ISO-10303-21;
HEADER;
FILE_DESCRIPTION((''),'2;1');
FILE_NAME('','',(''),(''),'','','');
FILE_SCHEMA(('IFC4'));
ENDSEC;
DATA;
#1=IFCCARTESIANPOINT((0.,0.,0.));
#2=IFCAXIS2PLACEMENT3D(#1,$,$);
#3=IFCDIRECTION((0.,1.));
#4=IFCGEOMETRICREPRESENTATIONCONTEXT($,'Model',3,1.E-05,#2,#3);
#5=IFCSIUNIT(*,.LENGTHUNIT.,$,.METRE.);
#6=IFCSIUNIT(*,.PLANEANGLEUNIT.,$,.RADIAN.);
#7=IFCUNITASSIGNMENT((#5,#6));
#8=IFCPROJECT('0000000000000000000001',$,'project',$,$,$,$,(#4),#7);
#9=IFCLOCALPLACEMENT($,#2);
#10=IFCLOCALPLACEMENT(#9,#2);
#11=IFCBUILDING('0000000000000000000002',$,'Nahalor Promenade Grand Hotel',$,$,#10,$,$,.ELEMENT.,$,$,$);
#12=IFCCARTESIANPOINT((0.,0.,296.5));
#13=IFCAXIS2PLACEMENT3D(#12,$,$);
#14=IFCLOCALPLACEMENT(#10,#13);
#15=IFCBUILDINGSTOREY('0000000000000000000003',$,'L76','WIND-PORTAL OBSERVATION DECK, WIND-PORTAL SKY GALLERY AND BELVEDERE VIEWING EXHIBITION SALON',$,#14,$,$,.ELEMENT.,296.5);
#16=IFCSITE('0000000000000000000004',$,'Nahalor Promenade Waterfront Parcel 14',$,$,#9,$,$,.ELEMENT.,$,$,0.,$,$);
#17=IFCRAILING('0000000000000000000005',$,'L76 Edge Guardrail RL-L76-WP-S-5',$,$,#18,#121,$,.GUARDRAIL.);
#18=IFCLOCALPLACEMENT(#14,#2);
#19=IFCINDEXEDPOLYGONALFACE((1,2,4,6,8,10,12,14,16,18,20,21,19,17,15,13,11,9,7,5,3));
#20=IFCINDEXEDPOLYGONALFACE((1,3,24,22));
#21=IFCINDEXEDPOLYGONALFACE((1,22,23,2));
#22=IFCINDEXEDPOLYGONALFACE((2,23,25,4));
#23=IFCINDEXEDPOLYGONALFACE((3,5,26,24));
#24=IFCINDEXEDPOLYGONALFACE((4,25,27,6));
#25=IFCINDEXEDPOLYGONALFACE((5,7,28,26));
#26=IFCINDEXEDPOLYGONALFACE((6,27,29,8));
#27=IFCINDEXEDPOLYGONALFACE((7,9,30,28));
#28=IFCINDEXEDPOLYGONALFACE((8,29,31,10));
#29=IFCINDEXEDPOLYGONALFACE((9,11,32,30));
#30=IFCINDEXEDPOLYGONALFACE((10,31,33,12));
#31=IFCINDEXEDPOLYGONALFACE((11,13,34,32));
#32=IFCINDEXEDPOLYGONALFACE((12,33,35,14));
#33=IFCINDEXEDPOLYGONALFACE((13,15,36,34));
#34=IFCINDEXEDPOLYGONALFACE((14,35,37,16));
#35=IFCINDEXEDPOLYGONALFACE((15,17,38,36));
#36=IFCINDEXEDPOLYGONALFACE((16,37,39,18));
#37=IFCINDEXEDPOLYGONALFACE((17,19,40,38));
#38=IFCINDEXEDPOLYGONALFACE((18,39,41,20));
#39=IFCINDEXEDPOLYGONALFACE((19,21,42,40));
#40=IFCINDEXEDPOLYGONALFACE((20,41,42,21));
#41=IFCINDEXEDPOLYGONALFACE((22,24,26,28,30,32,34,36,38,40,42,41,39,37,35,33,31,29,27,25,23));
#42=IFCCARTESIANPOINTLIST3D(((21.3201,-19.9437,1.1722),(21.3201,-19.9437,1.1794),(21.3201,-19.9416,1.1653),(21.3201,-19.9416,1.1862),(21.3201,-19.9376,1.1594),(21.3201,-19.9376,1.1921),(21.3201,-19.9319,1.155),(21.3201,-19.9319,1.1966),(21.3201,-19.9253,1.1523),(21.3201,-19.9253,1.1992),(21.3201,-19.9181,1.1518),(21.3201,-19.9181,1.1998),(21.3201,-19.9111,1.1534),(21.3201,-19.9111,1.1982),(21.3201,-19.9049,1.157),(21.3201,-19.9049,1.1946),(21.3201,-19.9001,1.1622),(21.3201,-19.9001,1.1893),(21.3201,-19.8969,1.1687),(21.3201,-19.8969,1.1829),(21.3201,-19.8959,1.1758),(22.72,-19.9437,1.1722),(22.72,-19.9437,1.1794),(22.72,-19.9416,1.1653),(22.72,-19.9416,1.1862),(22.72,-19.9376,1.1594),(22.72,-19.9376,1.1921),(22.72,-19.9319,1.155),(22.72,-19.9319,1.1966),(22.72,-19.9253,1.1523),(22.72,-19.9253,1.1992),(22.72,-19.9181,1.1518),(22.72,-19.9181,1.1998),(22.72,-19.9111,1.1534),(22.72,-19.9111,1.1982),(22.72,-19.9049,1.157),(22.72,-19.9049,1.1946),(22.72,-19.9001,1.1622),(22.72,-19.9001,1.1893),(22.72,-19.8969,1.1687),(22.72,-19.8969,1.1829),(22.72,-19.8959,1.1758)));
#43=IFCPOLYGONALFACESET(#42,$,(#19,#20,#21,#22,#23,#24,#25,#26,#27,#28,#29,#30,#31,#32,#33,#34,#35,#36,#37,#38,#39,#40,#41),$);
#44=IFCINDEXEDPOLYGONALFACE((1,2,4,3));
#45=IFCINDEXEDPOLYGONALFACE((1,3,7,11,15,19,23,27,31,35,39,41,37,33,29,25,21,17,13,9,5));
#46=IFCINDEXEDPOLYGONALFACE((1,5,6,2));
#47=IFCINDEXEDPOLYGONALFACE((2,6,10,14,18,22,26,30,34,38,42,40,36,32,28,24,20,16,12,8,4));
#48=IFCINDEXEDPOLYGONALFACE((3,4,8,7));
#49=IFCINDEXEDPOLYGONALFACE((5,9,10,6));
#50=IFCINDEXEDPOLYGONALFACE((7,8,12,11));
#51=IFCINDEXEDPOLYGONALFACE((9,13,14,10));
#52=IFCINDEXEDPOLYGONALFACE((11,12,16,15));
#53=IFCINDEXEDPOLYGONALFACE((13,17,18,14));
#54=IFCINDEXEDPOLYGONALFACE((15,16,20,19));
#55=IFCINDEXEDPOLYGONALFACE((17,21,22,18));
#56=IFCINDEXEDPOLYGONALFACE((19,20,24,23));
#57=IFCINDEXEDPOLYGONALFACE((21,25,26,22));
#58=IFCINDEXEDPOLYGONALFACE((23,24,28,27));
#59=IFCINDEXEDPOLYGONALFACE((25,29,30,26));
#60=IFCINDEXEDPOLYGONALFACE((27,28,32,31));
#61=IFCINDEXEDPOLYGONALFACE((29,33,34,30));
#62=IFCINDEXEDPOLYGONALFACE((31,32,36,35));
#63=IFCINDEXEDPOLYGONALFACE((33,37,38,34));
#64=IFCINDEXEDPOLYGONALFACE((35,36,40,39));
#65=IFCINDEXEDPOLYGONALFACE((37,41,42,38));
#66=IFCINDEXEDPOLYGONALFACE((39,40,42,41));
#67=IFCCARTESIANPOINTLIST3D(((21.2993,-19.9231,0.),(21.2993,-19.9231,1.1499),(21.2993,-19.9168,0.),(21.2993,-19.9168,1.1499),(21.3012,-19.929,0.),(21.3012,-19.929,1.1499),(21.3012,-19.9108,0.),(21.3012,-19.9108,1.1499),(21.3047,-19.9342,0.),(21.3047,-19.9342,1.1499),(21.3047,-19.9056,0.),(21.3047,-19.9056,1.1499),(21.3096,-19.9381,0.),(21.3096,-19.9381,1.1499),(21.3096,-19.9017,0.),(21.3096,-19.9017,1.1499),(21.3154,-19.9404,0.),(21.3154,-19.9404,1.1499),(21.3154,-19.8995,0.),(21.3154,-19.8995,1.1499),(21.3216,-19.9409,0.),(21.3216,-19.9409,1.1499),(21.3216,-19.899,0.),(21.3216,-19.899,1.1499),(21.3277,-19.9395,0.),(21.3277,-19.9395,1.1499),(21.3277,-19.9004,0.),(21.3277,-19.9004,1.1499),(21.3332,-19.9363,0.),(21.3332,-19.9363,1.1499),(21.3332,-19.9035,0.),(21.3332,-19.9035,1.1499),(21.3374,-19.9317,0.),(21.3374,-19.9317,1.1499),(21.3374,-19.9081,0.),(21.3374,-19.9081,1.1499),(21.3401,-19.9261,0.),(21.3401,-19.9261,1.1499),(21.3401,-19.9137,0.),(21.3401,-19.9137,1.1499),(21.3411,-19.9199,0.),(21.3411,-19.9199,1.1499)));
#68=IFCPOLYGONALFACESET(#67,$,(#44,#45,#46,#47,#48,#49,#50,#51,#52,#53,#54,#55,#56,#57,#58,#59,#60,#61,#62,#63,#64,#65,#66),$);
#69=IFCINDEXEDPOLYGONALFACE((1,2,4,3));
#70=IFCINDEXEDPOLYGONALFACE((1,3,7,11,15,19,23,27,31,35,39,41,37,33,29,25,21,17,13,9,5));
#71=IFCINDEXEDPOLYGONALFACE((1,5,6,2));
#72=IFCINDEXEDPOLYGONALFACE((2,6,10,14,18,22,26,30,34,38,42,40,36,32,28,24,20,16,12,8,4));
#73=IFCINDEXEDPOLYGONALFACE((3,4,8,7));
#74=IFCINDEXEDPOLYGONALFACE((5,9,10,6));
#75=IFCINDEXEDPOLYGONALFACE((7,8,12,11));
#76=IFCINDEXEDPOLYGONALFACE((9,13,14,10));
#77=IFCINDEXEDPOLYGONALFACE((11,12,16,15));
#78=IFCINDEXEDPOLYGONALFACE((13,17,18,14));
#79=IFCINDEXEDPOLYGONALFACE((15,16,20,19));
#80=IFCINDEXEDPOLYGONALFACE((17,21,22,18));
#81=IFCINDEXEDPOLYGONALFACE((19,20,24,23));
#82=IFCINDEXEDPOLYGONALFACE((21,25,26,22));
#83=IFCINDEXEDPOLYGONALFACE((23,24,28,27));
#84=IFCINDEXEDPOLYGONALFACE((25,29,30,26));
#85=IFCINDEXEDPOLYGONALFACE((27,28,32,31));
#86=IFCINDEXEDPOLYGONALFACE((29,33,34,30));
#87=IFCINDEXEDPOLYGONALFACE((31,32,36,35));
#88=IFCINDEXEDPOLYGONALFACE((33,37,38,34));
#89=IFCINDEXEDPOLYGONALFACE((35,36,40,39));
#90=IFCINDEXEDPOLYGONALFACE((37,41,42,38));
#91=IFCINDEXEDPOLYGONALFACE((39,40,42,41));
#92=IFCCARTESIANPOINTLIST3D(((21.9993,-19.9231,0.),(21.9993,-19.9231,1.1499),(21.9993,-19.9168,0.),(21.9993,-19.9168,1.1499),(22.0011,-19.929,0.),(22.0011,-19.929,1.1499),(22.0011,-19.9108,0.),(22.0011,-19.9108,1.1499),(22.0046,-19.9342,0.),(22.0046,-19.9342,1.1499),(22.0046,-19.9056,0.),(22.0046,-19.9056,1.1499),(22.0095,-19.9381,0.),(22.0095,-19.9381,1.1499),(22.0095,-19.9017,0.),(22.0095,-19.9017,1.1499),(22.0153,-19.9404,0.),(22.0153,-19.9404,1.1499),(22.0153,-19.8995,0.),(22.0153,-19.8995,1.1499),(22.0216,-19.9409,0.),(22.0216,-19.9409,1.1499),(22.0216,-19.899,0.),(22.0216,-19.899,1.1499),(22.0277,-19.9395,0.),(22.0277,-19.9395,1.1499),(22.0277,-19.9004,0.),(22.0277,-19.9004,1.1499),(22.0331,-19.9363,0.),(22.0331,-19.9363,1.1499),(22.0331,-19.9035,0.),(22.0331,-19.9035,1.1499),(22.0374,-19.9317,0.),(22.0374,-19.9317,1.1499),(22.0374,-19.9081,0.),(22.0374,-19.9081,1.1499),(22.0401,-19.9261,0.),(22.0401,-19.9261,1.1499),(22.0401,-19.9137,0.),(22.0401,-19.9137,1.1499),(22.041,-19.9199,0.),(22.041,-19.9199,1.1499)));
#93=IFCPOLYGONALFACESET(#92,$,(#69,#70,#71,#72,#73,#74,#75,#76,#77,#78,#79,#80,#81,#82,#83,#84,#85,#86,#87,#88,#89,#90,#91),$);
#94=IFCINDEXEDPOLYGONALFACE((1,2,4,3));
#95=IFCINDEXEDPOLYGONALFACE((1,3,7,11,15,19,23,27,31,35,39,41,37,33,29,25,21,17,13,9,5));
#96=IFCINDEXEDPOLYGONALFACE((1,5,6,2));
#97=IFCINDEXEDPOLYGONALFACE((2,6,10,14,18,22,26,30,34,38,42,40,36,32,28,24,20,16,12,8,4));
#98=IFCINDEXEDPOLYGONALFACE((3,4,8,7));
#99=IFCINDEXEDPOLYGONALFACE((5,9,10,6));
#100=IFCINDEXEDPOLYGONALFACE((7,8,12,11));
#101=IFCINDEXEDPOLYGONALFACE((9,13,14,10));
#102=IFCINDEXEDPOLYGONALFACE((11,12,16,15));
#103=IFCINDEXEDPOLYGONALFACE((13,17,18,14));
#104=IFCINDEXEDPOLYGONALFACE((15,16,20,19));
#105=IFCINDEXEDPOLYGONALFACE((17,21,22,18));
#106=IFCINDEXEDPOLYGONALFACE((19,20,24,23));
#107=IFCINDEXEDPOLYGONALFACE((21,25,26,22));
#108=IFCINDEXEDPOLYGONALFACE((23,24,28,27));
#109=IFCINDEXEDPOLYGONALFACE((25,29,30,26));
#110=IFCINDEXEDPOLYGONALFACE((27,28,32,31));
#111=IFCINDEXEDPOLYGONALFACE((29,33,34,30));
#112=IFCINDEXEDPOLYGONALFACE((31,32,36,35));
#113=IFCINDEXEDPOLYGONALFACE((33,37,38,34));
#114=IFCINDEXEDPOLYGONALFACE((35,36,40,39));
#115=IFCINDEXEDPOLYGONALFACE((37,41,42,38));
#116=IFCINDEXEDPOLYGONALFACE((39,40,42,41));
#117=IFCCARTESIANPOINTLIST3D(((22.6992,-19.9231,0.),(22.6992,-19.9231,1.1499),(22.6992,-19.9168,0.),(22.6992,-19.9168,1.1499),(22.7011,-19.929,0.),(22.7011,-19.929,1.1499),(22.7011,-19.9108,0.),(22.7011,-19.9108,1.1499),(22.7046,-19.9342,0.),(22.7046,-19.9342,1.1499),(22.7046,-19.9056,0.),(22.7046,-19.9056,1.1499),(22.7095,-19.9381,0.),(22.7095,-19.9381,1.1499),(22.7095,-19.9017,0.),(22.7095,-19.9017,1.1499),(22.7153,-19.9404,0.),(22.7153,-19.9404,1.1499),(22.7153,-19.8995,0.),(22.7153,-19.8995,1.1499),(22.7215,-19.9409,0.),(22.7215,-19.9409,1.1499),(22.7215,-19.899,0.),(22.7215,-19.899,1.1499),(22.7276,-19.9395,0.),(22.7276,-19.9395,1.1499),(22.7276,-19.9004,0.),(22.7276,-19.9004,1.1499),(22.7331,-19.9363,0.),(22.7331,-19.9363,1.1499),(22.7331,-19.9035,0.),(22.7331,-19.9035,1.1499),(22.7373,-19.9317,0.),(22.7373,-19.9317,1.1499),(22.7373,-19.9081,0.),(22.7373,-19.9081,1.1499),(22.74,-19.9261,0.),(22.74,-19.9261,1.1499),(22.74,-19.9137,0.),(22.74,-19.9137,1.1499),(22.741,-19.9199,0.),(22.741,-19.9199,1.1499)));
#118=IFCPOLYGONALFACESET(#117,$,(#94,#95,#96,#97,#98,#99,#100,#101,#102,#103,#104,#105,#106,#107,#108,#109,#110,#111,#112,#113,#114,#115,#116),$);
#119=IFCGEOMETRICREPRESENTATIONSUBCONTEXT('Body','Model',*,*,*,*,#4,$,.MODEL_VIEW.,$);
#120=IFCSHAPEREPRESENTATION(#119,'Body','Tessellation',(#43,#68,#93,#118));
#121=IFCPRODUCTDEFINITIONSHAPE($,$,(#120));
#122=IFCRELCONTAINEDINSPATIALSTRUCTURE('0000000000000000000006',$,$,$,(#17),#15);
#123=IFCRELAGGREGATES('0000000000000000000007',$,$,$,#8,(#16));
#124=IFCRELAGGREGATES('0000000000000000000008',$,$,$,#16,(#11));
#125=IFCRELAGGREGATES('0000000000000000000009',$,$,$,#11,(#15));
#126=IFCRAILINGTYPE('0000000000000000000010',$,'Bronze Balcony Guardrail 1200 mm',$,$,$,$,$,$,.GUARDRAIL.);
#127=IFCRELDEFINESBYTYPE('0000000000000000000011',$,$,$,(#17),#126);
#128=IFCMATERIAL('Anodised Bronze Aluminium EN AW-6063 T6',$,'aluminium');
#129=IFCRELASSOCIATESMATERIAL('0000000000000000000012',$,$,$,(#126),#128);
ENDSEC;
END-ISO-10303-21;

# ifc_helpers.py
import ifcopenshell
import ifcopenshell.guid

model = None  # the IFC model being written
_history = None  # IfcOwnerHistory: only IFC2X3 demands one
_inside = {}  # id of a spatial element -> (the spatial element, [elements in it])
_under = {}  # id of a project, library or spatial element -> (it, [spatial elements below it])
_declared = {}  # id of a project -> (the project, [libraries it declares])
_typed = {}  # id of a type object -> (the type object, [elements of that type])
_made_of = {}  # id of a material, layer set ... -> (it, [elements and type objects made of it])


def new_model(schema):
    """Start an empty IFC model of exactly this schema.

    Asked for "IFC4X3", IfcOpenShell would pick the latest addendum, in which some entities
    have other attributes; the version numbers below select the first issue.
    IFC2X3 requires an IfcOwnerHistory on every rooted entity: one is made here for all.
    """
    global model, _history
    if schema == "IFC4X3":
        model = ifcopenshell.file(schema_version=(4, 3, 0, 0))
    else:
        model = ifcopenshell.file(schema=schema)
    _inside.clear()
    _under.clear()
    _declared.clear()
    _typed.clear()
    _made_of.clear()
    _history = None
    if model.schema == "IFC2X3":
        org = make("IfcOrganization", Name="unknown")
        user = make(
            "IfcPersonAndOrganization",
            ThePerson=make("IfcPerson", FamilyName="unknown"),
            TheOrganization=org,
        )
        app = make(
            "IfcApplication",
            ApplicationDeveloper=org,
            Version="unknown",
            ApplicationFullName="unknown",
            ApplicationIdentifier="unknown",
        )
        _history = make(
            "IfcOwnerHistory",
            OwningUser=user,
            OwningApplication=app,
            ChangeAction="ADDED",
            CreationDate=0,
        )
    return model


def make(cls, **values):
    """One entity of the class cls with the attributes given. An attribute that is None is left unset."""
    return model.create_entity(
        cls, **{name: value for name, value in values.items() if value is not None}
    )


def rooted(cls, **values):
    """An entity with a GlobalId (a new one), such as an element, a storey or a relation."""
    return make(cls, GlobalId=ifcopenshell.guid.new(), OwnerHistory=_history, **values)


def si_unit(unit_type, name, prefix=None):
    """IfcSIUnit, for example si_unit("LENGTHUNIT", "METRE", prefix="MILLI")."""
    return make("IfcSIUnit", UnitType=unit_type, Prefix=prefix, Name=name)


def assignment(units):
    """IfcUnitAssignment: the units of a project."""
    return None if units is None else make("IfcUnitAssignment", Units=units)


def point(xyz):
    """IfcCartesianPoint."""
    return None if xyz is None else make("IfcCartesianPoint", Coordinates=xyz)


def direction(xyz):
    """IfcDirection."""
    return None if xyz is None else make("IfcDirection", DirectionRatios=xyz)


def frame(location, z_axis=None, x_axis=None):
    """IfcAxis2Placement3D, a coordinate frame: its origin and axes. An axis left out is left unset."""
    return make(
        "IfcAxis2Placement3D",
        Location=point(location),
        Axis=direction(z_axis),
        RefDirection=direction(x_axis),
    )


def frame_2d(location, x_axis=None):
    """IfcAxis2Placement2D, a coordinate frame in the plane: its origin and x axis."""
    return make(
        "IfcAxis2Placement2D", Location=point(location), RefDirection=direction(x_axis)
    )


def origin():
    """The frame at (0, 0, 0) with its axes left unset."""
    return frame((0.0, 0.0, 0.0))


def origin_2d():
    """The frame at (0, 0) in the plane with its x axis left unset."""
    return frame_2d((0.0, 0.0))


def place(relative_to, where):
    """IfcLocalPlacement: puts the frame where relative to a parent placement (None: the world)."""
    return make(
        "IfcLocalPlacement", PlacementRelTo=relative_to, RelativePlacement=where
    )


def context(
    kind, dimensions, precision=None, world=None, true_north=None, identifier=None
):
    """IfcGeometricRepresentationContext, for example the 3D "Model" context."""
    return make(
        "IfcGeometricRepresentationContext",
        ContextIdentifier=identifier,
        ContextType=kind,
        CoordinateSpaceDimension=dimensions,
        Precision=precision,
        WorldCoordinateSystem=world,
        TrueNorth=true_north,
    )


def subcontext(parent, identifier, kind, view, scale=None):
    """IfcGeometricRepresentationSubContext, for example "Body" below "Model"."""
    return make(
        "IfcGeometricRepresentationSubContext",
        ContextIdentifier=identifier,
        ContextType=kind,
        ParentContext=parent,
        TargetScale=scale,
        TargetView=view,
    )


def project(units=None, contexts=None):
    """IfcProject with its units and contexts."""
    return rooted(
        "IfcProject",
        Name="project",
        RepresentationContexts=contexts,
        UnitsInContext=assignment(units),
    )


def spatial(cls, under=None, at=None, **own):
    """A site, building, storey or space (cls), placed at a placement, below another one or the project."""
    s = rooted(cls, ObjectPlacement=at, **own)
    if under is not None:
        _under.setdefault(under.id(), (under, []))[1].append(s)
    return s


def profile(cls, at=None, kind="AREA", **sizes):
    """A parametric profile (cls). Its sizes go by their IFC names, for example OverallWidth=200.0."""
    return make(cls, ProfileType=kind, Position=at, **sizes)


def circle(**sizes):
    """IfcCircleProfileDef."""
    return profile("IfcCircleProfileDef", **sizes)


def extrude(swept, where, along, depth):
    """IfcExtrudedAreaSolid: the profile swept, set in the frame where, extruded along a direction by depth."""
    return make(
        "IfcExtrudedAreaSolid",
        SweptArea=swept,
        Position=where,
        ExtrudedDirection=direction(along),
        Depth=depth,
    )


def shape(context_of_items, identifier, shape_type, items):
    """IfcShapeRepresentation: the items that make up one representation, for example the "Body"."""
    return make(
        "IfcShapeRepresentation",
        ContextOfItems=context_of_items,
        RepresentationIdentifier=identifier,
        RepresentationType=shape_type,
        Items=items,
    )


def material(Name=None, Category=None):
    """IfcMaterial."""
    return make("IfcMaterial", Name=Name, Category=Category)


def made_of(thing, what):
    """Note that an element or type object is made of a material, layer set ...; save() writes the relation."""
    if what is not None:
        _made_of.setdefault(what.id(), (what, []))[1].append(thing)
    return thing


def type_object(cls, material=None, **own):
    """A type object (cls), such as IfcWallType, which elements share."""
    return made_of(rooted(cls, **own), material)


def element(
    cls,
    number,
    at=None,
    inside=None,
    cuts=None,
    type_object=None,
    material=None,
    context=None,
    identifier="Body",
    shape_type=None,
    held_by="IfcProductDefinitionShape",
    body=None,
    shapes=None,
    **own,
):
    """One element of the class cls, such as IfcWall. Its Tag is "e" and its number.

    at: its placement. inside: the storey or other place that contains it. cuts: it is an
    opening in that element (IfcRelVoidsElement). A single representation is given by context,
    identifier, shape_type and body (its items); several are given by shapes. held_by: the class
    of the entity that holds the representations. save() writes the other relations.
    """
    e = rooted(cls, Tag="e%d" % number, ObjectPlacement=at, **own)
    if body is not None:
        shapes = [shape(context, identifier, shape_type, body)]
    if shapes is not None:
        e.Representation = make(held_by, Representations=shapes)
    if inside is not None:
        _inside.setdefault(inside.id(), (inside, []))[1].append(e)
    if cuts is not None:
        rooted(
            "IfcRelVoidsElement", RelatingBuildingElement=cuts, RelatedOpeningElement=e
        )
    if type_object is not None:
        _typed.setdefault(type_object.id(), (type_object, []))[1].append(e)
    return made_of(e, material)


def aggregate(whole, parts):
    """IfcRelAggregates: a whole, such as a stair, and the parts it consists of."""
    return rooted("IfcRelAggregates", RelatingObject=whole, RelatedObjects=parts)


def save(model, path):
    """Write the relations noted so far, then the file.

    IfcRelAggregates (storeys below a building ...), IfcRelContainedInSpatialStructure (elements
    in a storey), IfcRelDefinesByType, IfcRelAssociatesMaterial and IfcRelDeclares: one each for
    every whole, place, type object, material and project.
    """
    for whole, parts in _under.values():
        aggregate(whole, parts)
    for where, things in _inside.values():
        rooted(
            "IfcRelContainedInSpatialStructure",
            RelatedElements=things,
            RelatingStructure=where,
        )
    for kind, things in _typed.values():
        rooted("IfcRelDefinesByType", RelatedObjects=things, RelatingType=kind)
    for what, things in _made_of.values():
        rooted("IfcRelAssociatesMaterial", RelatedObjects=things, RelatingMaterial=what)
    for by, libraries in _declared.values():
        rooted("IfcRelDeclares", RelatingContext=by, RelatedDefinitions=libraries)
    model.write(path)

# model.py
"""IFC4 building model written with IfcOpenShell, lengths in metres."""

from ifc_helpers import new_model, si_unit, direction, frame, origin, origin_2d, place, context, subcontext, project, spatial, circle, extrude, material, type_object, element, save


model = new_model("IFC4")

# Units and contexts
model_context = context("Model", 3, precision=1e-05, world=origin(), true_north=direction((0.0, 1.0)))
body_context = subcontext(model_context, "Body", "Model", "MODEL_VIEW")
ifc_project = project(units=[si_unit("LENGTHUNIT", "METRE"), si_unit("PLANEANGLEUNIT", "RADIAN")], contexts=[model_context])

# Site, building, storey
site_placement = place(None, origin())
site = spatial("IfcSite", under=ifc_project, at=site_placement, Name="Nahalor Promenade Waterfront Parcel 14", CompositionType="ELEMENT", RefElevation=0.0)
building_placement = place(site_placement, origin())
building = spatial("IfcBuilding", under=site, at=building_placement, Name="Nahalor Promenade Grand Hotel", CompositionType="ELEMENT")
storey_placement = place(building_placement, frame((0.0, 0.0, 296.5)))
storey = spatial("IfcBuildingStorey", under=building, at=storey_placement, Name="L76", Description="WIND-PORTAL OBSERVATION DECK, WIND-PORTAL SKY GALLERY AND BELVEDERE VIEWING EXHIBITION SALON", CompositionType="ELEMENT", Elevation=296.5)

# Railing
ifc_material_1 = material(Name="Anodised Bronze Aluminium EN AW-6063 T6", Category="aluminium")
railing_type = type_object("IfcRailingType", Name="Bronze Balcony Guardrail 1200 mm", PredefinedType="GUARDRAIL", material=ifc_material_1)
railing_1_placement = place(storey_placement, frame((21.3201, -19.9199, 0.0)))
element("IfcRailing", 1, at=railing_1_placement, inside=storey, type_object=railing_type, Name="L76 Edge Guardrail RL-L76-WP-S-5", PredefinedType="GUARDRAIL", context=body_context, shape_type="SweptSolid", body=[
    extrude(circle(Radius=0.024, at=origin_2d()), frame((0.0, 0.0, 1.1758), z_axis=(1.0, 0.0, 0.0), x_axis=(0.0, 1.0, 0.0)), (0.0, 0.0, 1.0), 1.3999),
    extrude(circle(Radius=0.021, at=origin_2d()), origin(), (0.0, 0.0, 1.0), 1.1499),
    extrude(circle(Radius=0.021, at=origin_2d()), frame((0.7, 0.0, 0.0)), (0.0, 0.0, 1.0), 1.1499),
    extrude(circle(Radius=0.021, at=origin_2d()), frame((1.3999, 0.0, 0.0)), (0.0, 0.0, 1.0), 1.1499),
])

save(model, "model.ifc")
